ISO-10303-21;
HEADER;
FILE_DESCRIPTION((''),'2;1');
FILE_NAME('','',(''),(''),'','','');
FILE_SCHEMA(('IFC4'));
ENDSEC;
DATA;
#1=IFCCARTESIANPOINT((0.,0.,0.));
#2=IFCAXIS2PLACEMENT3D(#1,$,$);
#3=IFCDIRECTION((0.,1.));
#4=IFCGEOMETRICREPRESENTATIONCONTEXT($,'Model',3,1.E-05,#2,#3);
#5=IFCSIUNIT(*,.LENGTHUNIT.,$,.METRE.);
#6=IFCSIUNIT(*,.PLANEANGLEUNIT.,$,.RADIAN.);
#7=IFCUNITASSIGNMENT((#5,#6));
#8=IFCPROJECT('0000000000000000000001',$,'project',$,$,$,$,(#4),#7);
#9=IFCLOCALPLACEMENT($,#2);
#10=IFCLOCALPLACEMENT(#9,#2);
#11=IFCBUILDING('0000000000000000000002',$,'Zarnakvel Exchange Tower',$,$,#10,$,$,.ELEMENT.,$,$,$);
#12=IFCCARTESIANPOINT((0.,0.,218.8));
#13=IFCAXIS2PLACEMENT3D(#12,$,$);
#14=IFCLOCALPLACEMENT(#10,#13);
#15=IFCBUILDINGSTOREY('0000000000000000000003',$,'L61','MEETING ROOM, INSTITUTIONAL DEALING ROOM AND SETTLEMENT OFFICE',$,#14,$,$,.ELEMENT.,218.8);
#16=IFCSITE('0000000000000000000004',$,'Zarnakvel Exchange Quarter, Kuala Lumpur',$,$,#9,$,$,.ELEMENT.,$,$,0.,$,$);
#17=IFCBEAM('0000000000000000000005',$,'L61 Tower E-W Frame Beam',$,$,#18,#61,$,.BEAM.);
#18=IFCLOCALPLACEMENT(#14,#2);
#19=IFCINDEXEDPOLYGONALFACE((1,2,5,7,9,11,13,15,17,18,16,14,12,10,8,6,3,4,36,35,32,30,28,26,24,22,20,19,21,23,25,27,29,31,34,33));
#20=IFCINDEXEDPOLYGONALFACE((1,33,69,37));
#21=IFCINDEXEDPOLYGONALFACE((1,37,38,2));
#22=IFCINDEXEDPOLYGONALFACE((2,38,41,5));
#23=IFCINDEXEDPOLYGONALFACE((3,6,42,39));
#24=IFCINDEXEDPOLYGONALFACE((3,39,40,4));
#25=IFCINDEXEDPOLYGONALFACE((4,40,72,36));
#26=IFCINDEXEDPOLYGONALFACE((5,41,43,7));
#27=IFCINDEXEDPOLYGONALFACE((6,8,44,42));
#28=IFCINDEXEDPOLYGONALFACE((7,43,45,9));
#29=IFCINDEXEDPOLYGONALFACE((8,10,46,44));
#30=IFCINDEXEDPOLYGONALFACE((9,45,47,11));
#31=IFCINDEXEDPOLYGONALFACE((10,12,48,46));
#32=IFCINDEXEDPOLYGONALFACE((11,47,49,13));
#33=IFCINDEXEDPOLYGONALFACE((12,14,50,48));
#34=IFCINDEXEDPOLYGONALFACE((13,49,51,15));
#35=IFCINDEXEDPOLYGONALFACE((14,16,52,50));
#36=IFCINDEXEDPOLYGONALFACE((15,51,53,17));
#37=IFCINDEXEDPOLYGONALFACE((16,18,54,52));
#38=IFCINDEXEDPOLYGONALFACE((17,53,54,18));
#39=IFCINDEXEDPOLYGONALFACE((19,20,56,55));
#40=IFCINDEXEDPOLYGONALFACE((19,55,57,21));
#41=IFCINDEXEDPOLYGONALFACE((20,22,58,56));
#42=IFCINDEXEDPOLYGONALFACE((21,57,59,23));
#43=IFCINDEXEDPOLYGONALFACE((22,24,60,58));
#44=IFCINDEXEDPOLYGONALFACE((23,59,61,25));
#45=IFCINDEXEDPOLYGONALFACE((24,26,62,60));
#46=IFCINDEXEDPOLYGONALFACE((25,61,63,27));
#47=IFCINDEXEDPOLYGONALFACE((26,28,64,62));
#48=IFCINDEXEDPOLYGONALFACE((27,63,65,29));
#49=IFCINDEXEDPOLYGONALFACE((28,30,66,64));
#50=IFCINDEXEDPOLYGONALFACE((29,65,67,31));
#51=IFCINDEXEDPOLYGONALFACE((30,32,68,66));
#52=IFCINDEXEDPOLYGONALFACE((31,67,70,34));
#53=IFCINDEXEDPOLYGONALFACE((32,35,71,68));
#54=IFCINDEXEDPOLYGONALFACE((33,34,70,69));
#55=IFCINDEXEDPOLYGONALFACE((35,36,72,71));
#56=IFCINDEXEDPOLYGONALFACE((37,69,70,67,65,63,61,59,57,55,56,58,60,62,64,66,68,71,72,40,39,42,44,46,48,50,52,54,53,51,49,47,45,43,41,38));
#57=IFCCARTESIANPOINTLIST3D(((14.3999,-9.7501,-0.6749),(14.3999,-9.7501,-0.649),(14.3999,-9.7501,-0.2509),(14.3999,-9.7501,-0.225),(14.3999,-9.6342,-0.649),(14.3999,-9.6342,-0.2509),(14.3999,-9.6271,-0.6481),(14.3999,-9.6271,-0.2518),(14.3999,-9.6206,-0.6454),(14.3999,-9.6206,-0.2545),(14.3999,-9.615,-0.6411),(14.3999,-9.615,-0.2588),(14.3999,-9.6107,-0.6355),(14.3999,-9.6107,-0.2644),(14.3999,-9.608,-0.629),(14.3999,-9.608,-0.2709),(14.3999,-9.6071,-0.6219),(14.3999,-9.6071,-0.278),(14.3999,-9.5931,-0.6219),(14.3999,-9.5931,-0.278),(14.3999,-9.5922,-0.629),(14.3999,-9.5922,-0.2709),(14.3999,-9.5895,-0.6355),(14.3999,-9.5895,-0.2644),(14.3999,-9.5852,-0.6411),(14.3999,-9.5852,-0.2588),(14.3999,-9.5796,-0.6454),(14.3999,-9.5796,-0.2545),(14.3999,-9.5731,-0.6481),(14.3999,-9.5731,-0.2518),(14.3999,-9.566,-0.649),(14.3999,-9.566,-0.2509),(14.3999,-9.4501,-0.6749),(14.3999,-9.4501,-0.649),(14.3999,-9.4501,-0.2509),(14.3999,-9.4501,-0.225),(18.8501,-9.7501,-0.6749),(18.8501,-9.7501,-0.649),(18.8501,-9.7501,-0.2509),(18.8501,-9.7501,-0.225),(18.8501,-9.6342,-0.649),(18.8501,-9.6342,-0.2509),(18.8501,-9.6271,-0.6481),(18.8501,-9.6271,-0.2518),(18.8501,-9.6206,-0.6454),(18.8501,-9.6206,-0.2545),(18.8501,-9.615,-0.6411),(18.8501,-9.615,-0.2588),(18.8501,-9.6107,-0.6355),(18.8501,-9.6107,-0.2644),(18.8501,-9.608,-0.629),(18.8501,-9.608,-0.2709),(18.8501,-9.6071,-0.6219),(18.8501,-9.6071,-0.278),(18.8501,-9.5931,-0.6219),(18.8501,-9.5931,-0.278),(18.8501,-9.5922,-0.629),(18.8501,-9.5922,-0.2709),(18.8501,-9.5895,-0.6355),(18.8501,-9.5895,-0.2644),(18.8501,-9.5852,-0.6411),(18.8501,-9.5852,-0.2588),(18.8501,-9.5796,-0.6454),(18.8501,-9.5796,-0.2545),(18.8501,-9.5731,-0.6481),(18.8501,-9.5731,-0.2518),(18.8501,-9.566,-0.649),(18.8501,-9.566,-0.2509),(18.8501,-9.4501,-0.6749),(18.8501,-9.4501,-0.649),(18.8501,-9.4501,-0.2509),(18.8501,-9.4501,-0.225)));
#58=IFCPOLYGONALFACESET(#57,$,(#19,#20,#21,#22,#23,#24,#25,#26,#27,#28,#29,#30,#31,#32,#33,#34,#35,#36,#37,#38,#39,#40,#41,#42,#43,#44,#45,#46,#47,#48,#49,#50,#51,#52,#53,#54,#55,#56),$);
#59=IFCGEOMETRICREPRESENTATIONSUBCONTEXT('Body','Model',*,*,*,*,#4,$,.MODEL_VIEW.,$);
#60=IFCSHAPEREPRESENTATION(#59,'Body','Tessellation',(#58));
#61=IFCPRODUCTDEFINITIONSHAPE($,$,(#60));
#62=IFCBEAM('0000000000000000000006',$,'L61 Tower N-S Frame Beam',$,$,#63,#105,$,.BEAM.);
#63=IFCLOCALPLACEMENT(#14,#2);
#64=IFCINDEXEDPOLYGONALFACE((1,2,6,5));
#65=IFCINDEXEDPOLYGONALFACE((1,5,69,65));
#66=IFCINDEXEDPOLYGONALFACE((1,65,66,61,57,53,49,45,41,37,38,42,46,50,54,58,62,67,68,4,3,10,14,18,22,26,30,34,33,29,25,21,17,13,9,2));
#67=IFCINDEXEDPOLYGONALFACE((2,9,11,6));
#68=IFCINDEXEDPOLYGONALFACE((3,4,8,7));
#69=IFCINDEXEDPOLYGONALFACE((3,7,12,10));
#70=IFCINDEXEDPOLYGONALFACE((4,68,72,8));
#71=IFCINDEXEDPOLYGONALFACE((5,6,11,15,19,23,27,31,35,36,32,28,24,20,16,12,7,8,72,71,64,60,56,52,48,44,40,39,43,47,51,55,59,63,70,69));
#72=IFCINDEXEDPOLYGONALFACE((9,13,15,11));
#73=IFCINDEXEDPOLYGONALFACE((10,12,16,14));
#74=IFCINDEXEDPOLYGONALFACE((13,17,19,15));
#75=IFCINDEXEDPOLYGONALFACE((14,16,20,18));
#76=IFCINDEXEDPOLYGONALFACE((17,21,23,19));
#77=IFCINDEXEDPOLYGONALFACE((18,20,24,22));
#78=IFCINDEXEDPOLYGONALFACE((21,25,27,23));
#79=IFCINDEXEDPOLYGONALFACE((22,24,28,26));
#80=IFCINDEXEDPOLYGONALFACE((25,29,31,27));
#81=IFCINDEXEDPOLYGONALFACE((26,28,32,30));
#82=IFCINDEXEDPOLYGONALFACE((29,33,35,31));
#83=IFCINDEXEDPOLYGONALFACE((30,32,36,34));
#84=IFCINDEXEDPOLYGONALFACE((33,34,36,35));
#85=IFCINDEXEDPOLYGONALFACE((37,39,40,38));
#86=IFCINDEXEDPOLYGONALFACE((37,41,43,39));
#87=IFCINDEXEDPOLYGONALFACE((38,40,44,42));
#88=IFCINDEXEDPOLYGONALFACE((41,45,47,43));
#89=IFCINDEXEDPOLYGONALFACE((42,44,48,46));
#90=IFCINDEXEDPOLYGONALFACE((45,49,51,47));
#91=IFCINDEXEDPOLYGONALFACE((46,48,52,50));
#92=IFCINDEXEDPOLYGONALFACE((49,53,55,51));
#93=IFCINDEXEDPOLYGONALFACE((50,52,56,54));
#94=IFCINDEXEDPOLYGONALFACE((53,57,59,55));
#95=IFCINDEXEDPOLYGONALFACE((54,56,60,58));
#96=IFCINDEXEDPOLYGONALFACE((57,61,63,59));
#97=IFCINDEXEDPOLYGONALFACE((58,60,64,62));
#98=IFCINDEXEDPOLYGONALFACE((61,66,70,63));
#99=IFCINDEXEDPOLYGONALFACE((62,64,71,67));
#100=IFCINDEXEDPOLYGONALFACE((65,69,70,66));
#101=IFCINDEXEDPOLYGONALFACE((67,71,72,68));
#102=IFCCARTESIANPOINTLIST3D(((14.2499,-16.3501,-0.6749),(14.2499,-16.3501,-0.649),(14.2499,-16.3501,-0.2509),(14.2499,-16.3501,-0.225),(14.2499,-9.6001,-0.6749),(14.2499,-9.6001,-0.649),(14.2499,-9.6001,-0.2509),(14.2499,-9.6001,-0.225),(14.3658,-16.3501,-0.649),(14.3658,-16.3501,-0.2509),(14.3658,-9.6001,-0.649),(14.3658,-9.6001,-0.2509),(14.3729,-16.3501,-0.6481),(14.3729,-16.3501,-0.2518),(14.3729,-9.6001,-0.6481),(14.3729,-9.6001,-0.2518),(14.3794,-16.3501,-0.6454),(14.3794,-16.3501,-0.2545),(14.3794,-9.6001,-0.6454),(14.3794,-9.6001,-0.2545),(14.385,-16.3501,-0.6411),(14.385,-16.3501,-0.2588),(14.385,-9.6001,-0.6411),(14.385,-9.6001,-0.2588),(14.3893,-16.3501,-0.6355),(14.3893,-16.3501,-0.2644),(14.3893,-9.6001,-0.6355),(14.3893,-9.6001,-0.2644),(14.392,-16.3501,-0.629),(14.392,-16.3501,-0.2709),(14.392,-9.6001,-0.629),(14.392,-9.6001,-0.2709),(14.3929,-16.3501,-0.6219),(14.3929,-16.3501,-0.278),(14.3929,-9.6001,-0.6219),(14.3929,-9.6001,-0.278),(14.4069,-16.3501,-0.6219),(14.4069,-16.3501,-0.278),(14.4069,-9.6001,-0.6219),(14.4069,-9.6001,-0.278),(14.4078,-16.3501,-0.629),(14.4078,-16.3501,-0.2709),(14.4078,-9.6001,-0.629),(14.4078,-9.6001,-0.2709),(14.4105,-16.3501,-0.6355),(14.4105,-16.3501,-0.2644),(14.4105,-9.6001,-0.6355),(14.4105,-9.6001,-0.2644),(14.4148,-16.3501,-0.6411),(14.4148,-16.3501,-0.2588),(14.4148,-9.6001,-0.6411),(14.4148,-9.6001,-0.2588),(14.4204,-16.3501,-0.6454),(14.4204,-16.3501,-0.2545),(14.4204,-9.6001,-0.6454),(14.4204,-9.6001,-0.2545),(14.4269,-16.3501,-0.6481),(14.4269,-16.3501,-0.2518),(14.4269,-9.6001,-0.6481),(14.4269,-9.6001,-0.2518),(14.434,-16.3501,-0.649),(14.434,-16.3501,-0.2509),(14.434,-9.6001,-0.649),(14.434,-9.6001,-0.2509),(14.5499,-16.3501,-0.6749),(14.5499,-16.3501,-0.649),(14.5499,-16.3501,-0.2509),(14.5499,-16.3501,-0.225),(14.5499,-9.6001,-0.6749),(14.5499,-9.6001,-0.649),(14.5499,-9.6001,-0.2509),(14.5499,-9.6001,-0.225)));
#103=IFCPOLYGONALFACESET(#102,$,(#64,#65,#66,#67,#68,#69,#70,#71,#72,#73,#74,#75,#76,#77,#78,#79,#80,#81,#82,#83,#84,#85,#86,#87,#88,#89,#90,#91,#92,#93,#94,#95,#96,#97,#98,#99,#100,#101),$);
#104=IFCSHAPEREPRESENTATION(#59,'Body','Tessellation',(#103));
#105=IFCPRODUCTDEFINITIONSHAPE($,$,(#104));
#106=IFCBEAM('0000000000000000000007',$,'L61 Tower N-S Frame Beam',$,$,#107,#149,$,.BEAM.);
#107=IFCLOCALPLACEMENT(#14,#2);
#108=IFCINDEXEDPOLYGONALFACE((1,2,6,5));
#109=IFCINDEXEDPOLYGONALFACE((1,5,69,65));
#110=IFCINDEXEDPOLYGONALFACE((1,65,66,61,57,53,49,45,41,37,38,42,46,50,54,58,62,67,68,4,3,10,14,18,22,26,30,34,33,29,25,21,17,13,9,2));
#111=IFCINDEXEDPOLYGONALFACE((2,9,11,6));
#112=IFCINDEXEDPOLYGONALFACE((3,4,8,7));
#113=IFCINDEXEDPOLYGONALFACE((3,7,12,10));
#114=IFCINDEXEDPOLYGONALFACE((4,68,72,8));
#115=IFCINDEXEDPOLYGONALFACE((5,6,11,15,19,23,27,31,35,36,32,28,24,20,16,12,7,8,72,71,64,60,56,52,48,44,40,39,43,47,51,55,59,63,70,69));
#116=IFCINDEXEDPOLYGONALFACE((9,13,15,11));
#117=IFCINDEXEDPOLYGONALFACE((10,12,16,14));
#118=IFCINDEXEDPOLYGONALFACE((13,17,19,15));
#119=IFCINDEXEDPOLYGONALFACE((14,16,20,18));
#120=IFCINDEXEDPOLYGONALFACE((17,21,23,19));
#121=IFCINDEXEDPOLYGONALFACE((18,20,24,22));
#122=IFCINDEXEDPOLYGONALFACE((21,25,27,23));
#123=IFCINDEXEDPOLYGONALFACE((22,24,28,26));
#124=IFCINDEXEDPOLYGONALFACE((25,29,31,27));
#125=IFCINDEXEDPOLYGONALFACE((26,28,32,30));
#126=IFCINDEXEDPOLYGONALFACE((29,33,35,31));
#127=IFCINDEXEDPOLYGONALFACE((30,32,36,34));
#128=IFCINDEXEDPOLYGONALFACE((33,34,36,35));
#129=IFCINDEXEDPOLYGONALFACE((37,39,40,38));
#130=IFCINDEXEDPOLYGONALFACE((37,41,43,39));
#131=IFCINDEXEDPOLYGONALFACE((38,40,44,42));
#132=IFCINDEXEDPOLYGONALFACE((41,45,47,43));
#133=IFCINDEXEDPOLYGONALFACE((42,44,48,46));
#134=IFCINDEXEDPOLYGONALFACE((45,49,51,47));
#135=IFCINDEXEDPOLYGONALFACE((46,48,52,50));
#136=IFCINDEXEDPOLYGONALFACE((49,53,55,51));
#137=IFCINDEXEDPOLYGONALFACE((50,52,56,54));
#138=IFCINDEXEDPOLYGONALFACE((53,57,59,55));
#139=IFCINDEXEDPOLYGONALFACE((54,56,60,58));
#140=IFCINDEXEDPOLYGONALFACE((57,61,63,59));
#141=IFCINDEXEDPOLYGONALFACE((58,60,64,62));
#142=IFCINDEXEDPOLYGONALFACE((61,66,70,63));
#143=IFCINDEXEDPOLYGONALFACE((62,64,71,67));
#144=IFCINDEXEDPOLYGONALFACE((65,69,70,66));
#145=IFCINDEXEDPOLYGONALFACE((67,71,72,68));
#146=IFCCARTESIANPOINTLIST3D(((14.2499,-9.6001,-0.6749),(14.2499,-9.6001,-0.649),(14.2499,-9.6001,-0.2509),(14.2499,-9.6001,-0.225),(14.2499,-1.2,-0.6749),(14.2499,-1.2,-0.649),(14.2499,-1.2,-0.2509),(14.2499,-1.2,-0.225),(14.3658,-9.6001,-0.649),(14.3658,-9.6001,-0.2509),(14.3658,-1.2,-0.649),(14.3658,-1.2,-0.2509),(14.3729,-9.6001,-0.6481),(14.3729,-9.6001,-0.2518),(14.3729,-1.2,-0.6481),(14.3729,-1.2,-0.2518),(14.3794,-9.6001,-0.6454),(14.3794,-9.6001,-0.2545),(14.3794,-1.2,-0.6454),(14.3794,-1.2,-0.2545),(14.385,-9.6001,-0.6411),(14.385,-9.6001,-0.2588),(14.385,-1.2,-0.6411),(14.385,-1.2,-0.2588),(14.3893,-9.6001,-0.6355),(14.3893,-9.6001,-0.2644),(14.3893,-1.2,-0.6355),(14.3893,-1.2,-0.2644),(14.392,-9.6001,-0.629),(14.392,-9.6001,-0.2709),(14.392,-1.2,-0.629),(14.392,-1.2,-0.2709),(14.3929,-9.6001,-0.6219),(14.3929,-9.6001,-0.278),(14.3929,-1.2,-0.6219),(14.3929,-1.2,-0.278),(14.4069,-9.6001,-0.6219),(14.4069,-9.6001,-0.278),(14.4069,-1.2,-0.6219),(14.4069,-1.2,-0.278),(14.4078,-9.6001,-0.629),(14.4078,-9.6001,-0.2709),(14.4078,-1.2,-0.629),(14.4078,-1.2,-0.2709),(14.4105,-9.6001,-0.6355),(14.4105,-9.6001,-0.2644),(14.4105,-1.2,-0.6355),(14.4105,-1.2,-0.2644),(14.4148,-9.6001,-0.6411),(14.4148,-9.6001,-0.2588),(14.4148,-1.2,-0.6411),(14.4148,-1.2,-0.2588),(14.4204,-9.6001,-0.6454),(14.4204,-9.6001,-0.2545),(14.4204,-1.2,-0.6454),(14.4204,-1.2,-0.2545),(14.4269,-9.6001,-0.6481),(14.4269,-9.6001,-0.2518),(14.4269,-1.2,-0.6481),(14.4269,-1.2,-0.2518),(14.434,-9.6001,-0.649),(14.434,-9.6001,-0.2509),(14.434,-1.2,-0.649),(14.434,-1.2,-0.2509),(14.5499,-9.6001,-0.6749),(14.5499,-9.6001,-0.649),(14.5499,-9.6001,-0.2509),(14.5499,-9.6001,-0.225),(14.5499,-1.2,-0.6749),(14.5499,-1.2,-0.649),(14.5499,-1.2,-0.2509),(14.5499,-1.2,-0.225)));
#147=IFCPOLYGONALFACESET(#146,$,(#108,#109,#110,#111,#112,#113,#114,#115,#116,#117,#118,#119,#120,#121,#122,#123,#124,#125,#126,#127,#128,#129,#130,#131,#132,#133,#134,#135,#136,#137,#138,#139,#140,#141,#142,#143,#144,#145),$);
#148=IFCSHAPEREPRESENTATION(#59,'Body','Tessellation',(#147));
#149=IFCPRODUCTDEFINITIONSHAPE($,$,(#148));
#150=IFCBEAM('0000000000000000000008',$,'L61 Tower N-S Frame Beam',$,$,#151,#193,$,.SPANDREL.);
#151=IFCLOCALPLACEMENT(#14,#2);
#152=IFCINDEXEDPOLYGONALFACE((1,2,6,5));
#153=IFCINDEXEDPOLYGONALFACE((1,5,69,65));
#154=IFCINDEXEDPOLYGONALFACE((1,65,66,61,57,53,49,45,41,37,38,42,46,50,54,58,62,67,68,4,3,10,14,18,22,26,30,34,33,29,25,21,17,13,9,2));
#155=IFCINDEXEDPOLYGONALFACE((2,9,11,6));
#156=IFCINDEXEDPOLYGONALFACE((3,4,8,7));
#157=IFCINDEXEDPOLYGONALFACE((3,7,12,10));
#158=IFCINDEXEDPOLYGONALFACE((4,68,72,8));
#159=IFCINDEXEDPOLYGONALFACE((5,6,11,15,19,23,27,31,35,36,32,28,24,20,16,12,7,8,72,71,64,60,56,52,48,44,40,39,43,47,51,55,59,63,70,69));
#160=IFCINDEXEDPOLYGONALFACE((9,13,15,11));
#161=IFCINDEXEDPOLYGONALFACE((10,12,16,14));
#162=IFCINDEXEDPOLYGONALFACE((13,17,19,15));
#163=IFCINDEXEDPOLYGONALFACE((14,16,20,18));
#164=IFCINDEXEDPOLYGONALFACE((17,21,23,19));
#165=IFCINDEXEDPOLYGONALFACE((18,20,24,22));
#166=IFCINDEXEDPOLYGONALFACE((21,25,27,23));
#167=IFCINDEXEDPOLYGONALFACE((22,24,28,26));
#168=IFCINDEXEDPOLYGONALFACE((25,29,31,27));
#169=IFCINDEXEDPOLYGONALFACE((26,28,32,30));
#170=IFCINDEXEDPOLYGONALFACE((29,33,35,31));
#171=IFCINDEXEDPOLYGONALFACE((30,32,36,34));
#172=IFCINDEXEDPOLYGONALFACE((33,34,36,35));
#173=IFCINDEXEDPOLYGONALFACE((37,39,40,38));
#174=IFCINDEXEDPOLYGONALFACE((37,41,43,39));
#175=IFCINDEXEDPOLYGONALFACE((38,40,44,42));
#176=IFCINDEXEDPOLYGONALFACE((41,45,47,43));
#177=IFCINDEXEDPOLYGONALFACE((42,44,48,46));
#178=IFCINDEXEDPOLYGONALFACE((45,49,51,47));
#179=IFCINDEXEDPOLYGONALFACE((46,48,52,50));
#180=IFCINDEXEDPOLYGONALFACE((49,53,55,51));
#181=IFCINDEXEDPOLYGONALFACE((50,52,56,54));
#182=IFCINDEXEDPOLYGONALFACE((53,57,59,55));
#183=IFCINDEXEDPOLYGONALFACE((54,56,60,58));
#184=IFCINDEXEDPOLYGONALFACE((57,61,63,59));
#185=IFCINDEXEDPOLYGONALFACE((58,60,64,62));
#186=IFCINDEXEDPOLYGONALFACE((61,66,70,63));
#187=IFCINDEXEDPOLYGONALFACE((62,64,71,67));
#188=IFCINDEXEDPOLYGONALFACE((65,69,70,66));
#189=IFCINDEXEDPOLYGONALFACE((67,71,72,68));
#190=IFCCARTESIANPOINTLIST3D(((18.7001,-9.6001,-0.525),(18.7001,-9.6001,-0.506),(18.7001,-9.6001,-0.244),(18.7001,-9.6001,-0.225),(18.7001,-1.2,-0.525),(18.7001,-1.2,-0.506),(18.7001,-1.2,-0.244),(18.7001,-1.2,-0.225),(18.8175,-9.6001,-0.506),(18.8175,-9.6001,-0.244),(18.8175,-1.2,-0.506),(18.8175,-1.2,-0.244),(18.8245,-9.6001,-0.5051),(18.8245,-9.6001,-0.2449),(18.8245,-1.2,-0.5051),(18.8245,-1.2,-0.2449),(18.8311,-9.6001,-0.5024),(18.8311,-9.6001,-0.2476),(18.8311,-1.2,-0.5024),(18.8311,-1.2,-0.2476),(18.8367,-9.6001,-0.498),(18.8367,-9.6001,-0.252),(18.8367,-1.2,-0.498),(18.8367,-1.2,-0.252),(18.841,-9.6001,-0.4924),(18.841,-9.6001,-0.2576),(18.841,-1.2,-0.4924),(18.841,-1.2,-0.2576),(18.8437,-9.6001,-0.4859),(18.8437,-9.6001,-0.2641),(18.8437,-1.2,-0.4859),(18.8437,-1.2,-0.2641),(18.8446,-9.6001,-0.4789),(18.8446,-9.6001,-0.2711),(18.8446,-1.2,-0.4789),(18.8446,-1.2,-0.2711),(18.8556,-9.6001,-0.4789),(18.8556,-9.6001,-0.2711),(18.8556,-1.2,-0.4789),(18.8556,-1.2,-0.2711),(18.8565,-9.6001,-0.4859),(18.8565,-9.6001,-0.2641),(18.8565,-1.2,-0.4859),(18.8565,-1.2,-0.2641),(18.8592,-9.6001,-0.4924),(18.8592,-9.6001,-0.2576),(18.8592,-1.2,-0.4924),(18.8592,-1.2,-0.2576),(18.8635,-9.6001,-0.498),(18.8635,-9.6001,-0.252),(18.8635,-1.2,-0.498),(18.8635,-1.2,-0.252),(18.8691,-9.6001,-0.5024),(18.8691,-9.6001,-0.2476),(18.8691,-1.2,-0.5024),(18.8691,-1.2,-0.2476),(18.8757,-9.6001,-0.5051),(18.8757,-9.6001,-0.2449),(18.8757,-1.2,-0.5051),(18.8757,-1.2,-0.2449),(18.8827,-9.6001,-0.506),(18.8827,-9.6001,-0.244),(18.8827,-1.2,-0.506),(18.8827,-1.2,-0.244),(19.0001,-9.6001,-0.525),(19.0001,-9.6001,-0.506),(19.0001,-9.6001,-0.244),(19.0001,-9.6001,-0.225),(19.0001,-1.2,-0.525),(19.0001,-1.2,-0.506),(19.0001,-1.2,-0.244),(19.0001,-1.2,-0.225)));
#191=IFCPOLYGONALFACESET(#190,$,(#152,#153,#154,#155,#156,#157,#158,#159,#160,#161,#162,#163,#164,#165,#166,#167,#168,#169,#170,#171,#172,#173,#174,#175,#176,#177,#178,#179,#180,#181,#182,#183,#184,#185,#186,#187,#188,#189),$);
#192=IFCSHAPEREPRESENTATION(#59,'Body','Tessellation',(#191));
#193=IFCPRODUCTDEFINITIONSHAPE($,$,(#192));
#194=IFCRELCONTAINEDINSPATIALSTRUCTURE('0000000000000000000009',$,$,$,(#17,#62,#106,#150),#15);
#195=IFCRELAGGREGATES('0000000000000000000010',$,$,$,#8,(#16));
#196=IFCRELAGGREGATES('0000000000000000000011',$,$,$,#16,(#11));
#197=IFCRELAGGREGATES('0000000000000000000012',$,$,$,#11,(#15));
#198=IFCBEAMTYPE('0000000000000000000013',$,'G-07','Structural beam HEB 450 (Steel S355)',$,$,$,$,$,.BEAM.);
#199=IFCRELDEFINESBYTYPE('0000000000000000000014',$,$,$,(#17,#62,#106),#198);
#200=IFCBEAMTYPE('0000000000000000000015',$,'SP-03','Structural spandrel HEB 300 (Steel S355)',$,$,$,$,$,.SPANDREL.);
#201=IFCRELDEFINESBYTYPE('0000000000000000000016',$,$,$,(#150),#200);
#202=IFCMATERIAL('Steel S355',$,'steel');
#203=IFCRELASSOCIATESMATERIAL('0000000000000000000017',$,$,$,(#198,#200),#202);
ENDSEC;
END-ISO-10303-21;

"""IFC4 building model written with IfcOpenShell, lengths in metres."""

from ifc_helpers import new_model, si_unit, direction, frame, origin, origin_2d, place, context, subcontext, project, spatial, i_section, extrude, material, material_profile, profile_set, type_object, element, save


model = new_model("IFC4")

# Units and contexts
model_context = context("Model", 3, precision=1e-05, world=origin(), true_north=direction((0.0, 1.0)))
body_context = subcontext(model_context, "Body", "Model", "MODEL_VIEW")
ifc_project = project(units=[si_unit("LENGTHUNIT", "METRE"), si_unit("PLANEANGLEUNIT", "RADIAN")], contexts=[model_context])

# Site, building, storey
site_placement = place(None, origin())
site = spatial("IfcSite", under=ifc_project, at=site_placement, Name="Zarnakvel Exchange Quarter, Kuala Lumpur", CompositionType="ELEMENT", RefElevation=0.0)
building_placement = place(site_placement, origin())
building = spatial("IfcBuilding", under=site, at=building_placement, Name="Zarnakvel Exchange Tower", CompositionType="ELEMENT")
storey_placement = place(building_placement, frame((0.0, 0.0, 218.8)))
storey = spatial("IfcBuildingStorey", under=building, at=storey_placement, Name="L61", Description="MEETING ROOM, INSTITUTIONAL DEALING ROOM AND SETTLEMENT OFFICE", CompositionType="ELEMENT", Elevation=218.8)

# Shared definitions
ifc_material_1 = material(Name="Steel S355", Category="steel")

# Beams
ifc_material_profile_1 = material_profile(ifc_material_1, i_section(OverallWidth=0.3, OverallDepth=0.45, WebThickness=0.0139, FlangeThickness=0.0259, FilletRadius=0.0271, at=origin_2d()))
ifc_profile_set_1 = profile_set([ifc_material_profile_1], Name="Steel S355")
beam_type_1 = type_object("IfcBeamType", Name="G-07", Description="Structural beam HEB 450 (Steel S355)", PredefinedType="BEAM", material=ifc_profile_set_1)
beam_1_placement = place(storey_placement, frame((14.3999, -9.6001, -0.45), z_axis=(1.0, 0.0, 0.0), x_axis=(0.0, 1.0, 0.0)))
element("IfcBeam", 1, at=beam_1_placement, inside=storey, type_object=beam_type_1, Name="L61 Tower E-W Frame Beam", PredefinedType="BEAM", context=body_context, shape_type="SweptSolid", body=[
    extrude(i_section(OverallWidth=0.3, OverallDepth=0.45, WebThickness=0.0139, FlangeThickness=0.0259, FilletRadius=0.0271, at=origin_2d()), origin(), (0.0, 0.0, 1.0), 4.4502),
])
beam_2_placement = place(storey_placement, frame((14.3999, -16.3501, -0.45), z_axis=(0.0, 1.0, 0.0), x_axis=(-1.0, 0.0, 0.0)))
element("IfcBeam", 2, at=beam_2_placement, inside=storey, type_object=beam_type_1, Name="L61 Tower N-S Frame Beam", PredefinedType="BEAM", context=body_context, shape_type="SweptSolid", body=[
    extrude(i_section(OverallWidth=0.3, OverallDepth=0.45, WebThickness=0.0139, FlangeThickness=0.0259, FilletRadius=0.0271, at=origin_2d()), origin(), (0.0, 0.0, 1.0), 6.75),
])
beam_3_placement = place(storey_placement, frame((14.3999, -9.6001, -0.45), z_axis=(0.0, 1.0, 0.0), x_axis=(-1.0, 0.0, 0.0)))
element("IfcBeam", 3, at=beam_3_placement, inside=storey, type_object=beam_type_1, Name="L61 Tower N-S Frame Beam", PredefinedType="BEAM", context=body_context, shape_type="SweptSolid", body=[
    extrude(i_section(OverallWidth=0.3, OverallDepth=0.45, WebThickness=0.0139, FlangeThickness=0.0259, FilletRadius=0.0271, at=origin_2d()), origin(), (0.0, 0.0, 1.0), 8.4001),
])
ifc_material_profile_2 = material_profile(ifc_material_1, i_section(OverallWidth=0.3, OverallDepth=0.3, WebThickness=0.011, FlangeThickness=0.019, FilletRadius=0.0271, at=origin_2d()))
ifc_profile_set_2 = profile_set([ifc_material_profile_2], Name="Steel S355")
beam_type_2 = type_object("IfcBeamType", Name="SP-03", Description="Structural spandrel HEB 300 (Steel S355)", PredefinedType="SPANDREL", material=ifc_profile_set_2)
beam_4_placement = place(storey_placement, frame((18.8501, -9.6001, -0.375), z_axis=(0.0, 1.0, 0.0), x_axis=(-1.0, 0.0, 0.0)))
element("IfcBeam", 4, at=beam_4_placement, inside=storey, type_object=beam_type_2, Name="L61 Tower N-S Frame Beam", PredefinedType="SPANDREL", context=body_context, shape_type="SweptSolid", body=[
    extrude(i_section(OverallWidth=0.3, OverallDepth=0.3, WebThickness=0.011, FlangeThickness=0.019, FilletRadius=0.0271, at=origin_2d()), origin(), (0.0, 0.0, 1.0), 8.4001),
])

save(model, "model.ifc")
